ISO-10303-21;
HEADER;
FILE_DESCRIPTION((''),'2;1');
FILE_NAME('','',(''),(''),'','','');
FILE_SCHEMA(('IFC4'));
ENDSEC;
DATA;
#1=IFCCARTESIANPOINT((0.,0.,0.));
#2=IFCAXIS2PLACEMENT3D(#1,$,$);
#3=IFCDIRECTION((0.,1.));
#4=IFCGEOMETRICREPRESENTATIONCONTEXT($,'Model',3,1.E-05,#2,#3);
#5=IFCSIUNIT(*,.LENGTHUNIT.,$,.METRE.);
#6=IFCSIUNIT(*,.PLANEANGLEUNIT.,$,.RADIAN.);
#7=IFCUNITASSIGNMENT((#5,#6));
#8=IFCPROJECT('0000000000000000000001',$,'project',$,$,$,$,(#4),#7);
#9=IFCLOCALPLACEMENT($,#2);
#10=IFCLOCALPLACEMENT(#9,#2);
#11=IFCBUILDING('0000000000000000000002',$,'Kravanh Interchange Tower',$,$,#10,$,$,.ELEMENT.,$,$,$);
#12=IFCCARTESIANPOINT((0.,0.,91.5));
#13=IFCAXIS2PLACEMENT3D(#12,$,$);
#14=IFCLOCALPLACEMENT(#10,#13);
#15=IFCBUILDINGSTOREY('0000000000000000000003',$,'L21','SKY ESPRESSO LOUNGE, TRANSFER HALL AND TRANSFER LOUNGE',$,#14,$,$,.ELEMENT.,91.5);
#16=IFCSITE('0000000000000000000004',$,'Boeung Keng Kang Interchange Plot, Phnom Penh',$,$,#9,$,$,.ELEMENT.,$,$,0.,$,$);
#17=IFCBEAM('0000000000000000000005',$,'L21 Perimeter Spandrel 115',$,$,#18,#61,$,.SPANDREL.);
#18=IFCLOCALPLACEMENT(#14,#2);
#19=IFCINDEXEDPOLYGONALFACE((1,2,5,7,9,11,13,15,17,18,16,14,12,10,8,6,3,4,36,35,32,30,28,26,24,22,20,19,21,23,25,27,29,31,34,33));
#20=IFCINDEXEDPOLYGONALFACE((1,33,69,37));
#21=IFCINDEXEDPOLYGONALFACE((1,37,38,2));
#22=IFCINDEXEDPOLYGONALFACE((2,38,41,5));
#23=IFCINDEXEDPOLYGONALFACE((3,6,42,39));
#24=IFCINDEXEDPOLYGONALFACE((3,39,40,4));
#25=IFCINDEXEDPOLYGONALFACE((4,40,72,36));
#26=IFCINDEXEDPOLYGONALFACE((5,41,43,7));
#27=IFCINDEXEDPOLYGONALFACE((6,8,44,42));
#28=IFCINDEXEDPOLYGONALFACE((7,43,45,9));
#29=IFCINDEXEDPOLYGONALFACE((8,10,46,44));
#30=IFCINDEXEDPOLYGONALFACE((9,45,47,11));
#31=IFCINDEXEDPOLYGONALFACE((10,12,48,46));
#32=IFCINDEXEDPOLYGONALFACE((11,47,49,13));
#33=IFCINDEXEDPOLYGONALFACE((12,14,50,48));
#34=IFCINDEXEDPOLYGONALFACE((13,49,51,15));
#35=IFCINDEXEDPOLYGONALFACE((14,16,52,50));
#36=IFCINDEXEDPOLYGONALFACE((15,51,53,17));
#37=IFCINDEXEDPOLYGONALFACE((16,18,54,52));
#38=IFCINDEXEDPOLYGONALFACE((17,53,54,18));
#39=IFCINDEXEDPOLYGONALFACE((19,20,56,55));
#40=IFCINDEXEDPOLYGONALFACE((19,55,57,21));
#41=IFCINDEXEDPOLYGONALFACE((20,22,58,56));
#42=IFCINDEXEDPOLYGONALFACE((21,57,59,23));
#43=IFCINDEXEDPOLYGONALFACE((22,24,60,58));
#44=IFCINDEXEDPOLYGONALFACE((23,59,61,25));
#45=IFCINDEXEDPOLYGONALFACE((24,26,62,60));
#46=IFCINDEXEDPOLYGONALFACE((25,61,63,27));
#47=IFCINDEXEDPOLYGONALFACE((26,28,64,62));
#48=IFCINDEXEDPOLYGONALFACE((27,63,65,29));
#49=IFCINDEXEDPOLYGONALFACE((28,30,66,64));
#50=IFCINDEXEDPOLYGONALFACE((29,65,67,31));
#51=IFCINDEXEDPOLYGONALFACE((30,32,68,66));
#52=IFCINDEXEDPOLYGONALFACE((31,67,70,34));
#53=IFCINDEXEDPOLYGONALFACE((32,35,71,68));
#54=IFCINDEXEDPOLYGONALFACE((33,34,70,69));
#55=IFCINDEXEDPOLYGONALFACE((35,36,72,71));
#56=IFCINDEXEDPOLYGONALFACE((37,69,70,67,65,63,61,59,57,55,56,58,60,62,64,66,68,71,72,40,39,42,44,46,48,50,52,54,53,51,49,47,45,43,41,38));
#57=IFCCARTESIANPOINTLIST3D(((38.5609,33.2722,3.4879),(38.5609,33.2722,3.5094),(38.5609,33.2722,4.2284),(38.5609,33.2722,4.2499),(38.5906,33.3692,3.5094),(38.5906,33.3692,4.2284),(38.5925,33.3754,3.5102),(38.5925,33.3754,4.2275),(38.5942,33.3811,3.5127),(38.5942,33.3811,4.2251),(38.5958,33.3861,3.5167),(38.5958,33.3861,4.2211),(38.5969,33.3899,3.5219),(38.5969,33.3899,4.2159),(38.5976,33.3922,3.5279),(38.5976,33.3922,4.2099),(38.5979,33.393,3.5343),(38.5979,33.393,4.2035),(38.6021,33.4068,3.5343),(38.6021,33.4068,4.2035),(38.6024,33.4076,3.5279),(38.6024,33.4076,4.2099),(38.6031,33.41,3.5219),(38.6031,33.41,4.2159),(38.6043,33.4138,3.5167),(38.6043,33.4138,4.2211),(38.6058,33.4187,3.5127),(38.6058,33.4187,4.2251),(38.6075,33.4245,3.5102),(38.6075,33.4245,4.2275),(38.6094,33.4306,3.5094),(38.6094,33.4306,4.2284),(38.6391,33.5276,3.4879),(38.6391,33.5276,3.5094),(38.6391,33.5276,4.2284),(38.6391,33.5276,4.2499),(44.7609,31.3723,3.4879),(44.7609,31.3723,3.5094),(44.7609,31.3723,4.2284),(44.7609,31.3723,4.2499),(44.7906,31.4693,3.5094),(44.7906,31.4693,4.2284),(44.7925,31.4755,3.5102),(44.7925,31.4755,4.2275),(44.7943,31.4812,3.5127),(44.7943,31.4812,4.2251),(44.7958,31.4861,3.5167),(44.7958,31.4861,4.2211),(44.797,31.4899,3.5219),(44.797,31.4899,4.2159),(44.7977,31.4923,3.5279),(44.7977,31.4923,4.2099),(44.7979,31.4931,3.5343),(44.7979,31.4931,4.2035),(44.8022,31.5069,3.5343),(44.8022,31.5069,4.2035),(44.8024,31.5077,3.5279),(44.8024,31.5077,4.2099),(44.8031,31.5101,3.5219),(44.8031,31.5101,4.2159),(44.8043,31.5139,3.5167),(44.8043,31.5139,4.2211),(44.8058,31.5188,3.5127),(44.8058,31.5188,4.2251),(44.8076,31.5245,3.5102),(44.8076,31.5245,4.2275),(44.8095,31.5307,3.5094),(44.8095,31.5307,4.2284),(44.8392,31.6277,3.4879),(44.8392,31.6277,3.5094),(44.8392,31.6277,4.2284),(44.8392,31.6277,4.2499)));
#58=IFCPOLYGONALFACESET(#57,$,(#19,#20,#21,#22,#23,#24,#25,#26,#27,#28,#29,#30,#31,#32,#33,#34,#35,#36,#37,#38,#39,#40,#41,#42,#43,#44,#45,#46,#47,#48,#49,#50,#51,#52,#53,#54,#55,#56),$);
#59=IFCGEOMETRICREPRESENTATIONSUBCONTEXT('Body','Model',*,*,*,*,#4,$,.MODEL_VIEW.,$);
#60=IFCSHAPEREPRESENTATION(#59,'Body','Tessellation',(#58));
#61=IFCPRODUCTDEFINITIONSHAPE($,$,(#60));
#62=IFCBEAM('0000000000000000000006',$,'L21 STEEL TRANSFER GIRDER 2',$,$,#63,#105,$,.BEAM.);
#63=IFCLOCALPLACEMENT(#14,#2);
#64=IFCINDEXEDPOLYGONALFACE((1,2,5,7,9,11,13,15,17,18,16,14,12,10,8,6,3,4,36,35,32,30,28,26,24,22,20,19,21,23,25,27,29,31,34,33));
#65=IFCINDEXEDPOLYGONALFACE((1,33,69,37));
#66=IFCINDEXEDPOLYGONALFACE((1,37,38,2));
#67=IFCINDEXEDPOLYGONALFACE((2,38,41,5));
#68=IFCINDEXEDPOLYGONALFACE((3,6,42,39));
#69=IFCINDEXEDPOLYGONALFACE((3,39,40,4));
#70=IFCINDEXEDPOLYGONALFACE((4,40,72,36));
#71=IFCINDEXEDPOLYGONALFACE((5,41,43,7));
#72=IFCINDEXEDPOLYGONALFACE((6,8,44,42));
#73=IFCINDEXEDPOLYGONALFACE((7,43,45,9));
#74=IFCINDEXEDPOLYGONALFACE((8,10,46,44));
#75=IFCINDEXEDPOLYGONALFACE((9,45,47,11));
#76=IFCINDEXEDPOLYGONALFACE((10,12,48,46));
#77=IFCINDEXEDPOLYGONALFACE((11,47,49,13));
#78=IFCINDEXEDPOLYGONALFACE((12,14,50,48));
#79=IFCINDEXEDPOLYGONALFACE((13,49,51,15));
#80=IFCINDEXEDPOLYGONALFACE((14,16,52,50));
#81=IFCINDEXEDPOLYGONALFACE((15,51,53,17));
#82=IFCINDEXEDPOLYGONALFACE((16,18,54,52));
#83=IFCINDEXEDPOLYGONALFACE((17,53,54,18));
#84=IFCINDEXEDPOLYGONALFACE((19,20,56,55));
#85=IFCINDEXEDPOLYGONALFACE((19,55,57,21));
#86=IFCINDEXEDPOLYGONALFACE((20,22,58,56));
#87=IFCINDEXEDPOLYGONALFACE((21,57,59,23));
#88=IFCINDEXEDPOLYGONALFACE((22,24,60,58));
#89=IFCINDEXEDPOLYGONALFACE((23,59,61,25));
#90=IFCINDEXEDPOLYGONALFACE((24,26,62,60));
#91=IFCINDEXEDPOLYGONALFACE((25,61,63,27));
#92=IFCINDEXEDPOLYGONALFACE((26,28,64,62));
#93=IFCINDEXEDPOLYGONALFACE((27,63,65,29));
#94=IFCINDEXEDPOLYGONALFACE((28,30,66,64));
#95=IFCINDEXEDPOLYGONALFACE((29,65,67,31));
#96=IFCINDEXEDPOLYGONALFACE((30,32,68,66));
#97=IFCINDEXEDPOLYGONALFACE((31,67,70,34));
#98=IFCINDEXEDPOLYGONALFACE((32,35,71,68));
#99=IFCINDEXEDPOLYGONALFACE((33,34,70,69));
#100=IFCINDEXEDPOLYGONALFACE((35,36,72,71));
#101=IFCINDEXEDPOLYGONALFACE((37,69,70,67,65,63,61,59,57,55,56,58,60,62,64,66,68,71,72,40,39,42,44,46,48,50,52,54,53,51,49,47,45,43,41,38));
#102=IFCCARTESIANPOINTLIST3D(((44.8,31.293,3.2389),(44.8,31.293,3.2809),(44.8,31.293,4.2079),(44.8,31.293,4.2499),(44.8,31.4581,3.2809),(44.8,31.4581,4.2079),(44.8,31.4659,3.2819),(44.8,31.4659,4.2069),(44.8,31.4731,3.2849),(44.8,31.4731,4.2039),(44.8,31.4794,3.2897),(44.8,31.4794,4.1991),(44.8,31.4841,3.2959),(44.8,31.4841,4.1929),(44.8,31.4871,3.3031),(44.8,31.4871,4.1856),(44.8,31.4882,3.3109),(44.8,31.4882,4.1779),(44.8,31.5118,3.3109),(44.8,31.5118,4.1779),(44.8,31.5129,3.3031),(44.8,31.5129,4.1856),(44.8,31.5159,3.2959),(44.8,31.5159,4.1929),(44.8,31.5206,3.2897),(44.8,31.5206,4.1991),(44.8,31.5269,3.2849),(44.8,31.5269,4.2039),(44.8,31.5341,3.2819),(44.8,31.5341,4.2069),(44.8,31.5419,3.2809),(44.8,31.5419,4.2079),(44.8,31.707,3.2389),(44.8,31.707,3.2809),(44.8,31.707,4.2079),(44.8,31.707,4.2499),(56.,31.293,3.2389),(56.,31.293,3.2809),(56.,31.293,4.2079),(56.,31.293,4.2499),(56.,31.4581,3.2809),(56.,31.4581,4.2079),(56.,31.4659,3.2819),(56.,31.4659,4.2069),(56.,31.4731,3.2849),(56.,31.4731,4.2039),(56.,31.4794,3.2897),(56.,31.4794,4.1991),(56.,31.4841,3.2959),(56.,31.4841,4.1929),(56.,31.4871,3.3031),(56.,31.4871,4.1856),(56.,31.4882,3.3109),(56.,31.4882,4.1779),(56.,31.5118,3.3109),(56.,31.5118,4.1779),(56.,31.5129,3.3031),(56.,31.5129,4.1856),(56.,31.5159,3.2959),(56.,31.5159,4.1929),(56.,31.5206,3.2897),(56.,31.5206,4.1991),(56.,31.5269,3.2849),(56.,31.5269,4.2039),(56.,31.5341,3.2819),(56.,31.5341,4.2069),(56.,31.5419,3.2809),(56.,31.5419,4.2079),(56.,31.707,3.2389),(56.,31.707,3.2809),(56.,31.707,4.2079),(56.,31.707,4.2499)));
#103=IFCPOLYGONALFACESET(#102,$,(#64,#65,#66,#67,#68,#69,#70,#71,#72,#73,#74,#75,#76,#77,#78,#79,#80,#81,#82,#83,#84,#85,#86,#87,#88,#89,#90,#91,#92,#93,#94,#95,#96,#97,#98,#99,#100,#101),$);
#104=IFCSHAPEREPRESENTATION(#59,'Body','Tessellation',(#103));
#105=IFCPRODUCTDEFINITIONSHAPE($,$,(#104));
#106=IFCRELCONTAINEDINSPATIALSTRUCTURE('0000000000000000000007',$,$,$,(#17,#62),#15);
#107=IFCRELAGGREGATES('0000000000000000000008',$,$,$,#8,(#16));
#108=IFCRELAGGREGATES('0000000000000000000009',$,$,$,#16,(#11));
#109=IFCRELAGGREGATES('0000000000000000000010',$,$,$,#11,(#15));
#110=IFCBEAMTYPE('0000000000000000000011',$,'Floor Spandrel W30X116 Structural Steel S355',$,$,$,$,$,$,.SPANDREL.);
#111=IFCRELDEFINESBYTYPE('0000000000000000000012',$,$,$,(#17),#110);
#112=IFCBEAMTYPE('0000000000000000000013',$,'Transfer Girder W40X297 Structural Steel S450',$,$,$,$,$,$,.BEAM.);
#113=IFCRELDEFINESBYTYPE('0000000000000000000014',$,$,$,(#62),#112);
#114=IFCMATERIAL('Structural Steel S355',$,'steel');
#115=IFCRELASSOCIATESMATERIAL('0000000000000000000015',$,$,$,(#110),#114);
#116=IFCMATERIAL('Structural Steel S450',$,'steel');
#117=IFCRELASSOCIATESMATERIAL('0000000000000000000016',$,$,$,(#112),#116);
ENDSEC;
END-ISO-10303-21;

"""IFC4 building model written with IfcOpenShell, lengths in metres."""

from ifc_helpers import new_model, si_unit, direction, frame, origin, origin_2d, place, context, subcontext, project, spatial, i_section, extrude, material, material_profile, profile_set, type_object, element, save


model = new_model("IFC4")

# Units and contexts
model_context = context("Model", 3, precision=1e-05, world=origin(), true_north=direction((0.0, 1.0)))
body_context = subcontext(model_context, "Body", "Model", "MODEL_VIEW")
ifc_project = project(units=[si_unit("LENGTHUNIT", "METRE"), si_unit("PLANEANGLEUNIT", "RADIAN")], contexts=[model_context])

# Site, building, storey
site_placement = place(None, origin())
site = spatial("IfcSite", under=ifc_project, at=site_placement, Name="Boeung Keng Kang Interchange Plot, Phnom Penh", CompositionType="ELEMENT", RefElevation=0.0)
building_placement = place(site_placement, origin())
building = spatial("IfcBuilding", under=site, at=building_placement, Name="Kravanh Interchange Tower", CompositionType="ELEMENT")
storey_placement = place(building_placement, frame((0.0, 0.0, 91.5)))
storey = spatial("IfcBuildingStorey", under=building, at=storey_placement, Name="L21", Description="SKY ESPRESSO LOUNGE, TRANSFER HALL AND TRANSFER LOUNGE", CompositionType="ELEMENT", Elevation=91.5)

# Beams
ifc_material_1 = material(Name="Structural Steel S355", Category="steel")
ifc_material_profile_1 = material_profile(ifc_material_1, i_section(OverallWidth=0.2671, OverallDepth=0.762, WebThickness=0.0144, FlangeThickness=0.0215, FilletRadius=0.0249, at=origin_2d()), Name="W30X116")
ifc_profile_set_1 = profile_set([ifc_material_profile_1], Name="Structural Steel S355")
beam_type_1 = type_object("IfcBeamType", Name="Floor Spandrel W30X116 Structural Steel S355", PredefinedType="SPANDREL", material=ifc_profile_set_1)
beam_1_placement = place(storey_placement, frame((44.8, 31.5, 3.8689), z_axis=(-0.956115, 0.29299, 0.0), x_axis=(-0.29299, -0.956115, 0.0)))
element("IfcBeam", 1, at=beam_1_placement, inside=storey, type_object=beam_type_1, Name="L21 Perimeter Spandrel 115", PredefinedType="SPANDREL", context=body_context, shape_type="SweptSolid", body=[
    extrude(i_section(OverallWidth=0.2671, OverallDepth=0.762, WebThickness=0.0144, FlangeThickness=0.0215, FilletRadius=0.0249, at=origin_2d()), origin(), (0.0, 0.0, 1.0), 6.4846),
])
ifc_material_2 = material(Name="Structural Steel S450", Category="steel")
ifc_material_profile_2 = material_profile(ifc_material_2, i_section(OverallWidth=0.4141, OverallDepth=1.011, WebThickness=0.0237, FlangeThickness=0.042, FilletRadius=0.03, at=origin_2d()), Name="W40X297")
ifc_profile_set_2 = profile_set([ifc_material_profile_2], Name="Structural Steel S450")
beam_type_2 = type_object("IfcBeamType", Name="Transfer Girder W40X297 Structural Steel S450", PredefinedType="BEAM", material=ifc_profile_set_2)
beam_2_placement = place(storey_placement, frame((44.8, 31.5, 3.7444), z_axis=(1.0, 0.0, 0.0), x_axis=(0.0, 1.0, 0.0)))
element("IfcBeam", 2, at=beam_2_placement, inside=storey, type_object=beam_type_2, Name="L21 STEEL TRANSFER GIRDER 2", PredefinedType="BEAM", context=body_context, shape_type="SweptSolid", body=[
    extrude(i_section(OverallWidth=0.4141, OverallDepth=1.011, WebThickness=0.0237, FlangeThickness=0.042, FilletRadius=0.03, at=origin_2d()), origin(), (0.0, 0.0, 1.0), 11.2),
])

save(model, "model.ifc")
